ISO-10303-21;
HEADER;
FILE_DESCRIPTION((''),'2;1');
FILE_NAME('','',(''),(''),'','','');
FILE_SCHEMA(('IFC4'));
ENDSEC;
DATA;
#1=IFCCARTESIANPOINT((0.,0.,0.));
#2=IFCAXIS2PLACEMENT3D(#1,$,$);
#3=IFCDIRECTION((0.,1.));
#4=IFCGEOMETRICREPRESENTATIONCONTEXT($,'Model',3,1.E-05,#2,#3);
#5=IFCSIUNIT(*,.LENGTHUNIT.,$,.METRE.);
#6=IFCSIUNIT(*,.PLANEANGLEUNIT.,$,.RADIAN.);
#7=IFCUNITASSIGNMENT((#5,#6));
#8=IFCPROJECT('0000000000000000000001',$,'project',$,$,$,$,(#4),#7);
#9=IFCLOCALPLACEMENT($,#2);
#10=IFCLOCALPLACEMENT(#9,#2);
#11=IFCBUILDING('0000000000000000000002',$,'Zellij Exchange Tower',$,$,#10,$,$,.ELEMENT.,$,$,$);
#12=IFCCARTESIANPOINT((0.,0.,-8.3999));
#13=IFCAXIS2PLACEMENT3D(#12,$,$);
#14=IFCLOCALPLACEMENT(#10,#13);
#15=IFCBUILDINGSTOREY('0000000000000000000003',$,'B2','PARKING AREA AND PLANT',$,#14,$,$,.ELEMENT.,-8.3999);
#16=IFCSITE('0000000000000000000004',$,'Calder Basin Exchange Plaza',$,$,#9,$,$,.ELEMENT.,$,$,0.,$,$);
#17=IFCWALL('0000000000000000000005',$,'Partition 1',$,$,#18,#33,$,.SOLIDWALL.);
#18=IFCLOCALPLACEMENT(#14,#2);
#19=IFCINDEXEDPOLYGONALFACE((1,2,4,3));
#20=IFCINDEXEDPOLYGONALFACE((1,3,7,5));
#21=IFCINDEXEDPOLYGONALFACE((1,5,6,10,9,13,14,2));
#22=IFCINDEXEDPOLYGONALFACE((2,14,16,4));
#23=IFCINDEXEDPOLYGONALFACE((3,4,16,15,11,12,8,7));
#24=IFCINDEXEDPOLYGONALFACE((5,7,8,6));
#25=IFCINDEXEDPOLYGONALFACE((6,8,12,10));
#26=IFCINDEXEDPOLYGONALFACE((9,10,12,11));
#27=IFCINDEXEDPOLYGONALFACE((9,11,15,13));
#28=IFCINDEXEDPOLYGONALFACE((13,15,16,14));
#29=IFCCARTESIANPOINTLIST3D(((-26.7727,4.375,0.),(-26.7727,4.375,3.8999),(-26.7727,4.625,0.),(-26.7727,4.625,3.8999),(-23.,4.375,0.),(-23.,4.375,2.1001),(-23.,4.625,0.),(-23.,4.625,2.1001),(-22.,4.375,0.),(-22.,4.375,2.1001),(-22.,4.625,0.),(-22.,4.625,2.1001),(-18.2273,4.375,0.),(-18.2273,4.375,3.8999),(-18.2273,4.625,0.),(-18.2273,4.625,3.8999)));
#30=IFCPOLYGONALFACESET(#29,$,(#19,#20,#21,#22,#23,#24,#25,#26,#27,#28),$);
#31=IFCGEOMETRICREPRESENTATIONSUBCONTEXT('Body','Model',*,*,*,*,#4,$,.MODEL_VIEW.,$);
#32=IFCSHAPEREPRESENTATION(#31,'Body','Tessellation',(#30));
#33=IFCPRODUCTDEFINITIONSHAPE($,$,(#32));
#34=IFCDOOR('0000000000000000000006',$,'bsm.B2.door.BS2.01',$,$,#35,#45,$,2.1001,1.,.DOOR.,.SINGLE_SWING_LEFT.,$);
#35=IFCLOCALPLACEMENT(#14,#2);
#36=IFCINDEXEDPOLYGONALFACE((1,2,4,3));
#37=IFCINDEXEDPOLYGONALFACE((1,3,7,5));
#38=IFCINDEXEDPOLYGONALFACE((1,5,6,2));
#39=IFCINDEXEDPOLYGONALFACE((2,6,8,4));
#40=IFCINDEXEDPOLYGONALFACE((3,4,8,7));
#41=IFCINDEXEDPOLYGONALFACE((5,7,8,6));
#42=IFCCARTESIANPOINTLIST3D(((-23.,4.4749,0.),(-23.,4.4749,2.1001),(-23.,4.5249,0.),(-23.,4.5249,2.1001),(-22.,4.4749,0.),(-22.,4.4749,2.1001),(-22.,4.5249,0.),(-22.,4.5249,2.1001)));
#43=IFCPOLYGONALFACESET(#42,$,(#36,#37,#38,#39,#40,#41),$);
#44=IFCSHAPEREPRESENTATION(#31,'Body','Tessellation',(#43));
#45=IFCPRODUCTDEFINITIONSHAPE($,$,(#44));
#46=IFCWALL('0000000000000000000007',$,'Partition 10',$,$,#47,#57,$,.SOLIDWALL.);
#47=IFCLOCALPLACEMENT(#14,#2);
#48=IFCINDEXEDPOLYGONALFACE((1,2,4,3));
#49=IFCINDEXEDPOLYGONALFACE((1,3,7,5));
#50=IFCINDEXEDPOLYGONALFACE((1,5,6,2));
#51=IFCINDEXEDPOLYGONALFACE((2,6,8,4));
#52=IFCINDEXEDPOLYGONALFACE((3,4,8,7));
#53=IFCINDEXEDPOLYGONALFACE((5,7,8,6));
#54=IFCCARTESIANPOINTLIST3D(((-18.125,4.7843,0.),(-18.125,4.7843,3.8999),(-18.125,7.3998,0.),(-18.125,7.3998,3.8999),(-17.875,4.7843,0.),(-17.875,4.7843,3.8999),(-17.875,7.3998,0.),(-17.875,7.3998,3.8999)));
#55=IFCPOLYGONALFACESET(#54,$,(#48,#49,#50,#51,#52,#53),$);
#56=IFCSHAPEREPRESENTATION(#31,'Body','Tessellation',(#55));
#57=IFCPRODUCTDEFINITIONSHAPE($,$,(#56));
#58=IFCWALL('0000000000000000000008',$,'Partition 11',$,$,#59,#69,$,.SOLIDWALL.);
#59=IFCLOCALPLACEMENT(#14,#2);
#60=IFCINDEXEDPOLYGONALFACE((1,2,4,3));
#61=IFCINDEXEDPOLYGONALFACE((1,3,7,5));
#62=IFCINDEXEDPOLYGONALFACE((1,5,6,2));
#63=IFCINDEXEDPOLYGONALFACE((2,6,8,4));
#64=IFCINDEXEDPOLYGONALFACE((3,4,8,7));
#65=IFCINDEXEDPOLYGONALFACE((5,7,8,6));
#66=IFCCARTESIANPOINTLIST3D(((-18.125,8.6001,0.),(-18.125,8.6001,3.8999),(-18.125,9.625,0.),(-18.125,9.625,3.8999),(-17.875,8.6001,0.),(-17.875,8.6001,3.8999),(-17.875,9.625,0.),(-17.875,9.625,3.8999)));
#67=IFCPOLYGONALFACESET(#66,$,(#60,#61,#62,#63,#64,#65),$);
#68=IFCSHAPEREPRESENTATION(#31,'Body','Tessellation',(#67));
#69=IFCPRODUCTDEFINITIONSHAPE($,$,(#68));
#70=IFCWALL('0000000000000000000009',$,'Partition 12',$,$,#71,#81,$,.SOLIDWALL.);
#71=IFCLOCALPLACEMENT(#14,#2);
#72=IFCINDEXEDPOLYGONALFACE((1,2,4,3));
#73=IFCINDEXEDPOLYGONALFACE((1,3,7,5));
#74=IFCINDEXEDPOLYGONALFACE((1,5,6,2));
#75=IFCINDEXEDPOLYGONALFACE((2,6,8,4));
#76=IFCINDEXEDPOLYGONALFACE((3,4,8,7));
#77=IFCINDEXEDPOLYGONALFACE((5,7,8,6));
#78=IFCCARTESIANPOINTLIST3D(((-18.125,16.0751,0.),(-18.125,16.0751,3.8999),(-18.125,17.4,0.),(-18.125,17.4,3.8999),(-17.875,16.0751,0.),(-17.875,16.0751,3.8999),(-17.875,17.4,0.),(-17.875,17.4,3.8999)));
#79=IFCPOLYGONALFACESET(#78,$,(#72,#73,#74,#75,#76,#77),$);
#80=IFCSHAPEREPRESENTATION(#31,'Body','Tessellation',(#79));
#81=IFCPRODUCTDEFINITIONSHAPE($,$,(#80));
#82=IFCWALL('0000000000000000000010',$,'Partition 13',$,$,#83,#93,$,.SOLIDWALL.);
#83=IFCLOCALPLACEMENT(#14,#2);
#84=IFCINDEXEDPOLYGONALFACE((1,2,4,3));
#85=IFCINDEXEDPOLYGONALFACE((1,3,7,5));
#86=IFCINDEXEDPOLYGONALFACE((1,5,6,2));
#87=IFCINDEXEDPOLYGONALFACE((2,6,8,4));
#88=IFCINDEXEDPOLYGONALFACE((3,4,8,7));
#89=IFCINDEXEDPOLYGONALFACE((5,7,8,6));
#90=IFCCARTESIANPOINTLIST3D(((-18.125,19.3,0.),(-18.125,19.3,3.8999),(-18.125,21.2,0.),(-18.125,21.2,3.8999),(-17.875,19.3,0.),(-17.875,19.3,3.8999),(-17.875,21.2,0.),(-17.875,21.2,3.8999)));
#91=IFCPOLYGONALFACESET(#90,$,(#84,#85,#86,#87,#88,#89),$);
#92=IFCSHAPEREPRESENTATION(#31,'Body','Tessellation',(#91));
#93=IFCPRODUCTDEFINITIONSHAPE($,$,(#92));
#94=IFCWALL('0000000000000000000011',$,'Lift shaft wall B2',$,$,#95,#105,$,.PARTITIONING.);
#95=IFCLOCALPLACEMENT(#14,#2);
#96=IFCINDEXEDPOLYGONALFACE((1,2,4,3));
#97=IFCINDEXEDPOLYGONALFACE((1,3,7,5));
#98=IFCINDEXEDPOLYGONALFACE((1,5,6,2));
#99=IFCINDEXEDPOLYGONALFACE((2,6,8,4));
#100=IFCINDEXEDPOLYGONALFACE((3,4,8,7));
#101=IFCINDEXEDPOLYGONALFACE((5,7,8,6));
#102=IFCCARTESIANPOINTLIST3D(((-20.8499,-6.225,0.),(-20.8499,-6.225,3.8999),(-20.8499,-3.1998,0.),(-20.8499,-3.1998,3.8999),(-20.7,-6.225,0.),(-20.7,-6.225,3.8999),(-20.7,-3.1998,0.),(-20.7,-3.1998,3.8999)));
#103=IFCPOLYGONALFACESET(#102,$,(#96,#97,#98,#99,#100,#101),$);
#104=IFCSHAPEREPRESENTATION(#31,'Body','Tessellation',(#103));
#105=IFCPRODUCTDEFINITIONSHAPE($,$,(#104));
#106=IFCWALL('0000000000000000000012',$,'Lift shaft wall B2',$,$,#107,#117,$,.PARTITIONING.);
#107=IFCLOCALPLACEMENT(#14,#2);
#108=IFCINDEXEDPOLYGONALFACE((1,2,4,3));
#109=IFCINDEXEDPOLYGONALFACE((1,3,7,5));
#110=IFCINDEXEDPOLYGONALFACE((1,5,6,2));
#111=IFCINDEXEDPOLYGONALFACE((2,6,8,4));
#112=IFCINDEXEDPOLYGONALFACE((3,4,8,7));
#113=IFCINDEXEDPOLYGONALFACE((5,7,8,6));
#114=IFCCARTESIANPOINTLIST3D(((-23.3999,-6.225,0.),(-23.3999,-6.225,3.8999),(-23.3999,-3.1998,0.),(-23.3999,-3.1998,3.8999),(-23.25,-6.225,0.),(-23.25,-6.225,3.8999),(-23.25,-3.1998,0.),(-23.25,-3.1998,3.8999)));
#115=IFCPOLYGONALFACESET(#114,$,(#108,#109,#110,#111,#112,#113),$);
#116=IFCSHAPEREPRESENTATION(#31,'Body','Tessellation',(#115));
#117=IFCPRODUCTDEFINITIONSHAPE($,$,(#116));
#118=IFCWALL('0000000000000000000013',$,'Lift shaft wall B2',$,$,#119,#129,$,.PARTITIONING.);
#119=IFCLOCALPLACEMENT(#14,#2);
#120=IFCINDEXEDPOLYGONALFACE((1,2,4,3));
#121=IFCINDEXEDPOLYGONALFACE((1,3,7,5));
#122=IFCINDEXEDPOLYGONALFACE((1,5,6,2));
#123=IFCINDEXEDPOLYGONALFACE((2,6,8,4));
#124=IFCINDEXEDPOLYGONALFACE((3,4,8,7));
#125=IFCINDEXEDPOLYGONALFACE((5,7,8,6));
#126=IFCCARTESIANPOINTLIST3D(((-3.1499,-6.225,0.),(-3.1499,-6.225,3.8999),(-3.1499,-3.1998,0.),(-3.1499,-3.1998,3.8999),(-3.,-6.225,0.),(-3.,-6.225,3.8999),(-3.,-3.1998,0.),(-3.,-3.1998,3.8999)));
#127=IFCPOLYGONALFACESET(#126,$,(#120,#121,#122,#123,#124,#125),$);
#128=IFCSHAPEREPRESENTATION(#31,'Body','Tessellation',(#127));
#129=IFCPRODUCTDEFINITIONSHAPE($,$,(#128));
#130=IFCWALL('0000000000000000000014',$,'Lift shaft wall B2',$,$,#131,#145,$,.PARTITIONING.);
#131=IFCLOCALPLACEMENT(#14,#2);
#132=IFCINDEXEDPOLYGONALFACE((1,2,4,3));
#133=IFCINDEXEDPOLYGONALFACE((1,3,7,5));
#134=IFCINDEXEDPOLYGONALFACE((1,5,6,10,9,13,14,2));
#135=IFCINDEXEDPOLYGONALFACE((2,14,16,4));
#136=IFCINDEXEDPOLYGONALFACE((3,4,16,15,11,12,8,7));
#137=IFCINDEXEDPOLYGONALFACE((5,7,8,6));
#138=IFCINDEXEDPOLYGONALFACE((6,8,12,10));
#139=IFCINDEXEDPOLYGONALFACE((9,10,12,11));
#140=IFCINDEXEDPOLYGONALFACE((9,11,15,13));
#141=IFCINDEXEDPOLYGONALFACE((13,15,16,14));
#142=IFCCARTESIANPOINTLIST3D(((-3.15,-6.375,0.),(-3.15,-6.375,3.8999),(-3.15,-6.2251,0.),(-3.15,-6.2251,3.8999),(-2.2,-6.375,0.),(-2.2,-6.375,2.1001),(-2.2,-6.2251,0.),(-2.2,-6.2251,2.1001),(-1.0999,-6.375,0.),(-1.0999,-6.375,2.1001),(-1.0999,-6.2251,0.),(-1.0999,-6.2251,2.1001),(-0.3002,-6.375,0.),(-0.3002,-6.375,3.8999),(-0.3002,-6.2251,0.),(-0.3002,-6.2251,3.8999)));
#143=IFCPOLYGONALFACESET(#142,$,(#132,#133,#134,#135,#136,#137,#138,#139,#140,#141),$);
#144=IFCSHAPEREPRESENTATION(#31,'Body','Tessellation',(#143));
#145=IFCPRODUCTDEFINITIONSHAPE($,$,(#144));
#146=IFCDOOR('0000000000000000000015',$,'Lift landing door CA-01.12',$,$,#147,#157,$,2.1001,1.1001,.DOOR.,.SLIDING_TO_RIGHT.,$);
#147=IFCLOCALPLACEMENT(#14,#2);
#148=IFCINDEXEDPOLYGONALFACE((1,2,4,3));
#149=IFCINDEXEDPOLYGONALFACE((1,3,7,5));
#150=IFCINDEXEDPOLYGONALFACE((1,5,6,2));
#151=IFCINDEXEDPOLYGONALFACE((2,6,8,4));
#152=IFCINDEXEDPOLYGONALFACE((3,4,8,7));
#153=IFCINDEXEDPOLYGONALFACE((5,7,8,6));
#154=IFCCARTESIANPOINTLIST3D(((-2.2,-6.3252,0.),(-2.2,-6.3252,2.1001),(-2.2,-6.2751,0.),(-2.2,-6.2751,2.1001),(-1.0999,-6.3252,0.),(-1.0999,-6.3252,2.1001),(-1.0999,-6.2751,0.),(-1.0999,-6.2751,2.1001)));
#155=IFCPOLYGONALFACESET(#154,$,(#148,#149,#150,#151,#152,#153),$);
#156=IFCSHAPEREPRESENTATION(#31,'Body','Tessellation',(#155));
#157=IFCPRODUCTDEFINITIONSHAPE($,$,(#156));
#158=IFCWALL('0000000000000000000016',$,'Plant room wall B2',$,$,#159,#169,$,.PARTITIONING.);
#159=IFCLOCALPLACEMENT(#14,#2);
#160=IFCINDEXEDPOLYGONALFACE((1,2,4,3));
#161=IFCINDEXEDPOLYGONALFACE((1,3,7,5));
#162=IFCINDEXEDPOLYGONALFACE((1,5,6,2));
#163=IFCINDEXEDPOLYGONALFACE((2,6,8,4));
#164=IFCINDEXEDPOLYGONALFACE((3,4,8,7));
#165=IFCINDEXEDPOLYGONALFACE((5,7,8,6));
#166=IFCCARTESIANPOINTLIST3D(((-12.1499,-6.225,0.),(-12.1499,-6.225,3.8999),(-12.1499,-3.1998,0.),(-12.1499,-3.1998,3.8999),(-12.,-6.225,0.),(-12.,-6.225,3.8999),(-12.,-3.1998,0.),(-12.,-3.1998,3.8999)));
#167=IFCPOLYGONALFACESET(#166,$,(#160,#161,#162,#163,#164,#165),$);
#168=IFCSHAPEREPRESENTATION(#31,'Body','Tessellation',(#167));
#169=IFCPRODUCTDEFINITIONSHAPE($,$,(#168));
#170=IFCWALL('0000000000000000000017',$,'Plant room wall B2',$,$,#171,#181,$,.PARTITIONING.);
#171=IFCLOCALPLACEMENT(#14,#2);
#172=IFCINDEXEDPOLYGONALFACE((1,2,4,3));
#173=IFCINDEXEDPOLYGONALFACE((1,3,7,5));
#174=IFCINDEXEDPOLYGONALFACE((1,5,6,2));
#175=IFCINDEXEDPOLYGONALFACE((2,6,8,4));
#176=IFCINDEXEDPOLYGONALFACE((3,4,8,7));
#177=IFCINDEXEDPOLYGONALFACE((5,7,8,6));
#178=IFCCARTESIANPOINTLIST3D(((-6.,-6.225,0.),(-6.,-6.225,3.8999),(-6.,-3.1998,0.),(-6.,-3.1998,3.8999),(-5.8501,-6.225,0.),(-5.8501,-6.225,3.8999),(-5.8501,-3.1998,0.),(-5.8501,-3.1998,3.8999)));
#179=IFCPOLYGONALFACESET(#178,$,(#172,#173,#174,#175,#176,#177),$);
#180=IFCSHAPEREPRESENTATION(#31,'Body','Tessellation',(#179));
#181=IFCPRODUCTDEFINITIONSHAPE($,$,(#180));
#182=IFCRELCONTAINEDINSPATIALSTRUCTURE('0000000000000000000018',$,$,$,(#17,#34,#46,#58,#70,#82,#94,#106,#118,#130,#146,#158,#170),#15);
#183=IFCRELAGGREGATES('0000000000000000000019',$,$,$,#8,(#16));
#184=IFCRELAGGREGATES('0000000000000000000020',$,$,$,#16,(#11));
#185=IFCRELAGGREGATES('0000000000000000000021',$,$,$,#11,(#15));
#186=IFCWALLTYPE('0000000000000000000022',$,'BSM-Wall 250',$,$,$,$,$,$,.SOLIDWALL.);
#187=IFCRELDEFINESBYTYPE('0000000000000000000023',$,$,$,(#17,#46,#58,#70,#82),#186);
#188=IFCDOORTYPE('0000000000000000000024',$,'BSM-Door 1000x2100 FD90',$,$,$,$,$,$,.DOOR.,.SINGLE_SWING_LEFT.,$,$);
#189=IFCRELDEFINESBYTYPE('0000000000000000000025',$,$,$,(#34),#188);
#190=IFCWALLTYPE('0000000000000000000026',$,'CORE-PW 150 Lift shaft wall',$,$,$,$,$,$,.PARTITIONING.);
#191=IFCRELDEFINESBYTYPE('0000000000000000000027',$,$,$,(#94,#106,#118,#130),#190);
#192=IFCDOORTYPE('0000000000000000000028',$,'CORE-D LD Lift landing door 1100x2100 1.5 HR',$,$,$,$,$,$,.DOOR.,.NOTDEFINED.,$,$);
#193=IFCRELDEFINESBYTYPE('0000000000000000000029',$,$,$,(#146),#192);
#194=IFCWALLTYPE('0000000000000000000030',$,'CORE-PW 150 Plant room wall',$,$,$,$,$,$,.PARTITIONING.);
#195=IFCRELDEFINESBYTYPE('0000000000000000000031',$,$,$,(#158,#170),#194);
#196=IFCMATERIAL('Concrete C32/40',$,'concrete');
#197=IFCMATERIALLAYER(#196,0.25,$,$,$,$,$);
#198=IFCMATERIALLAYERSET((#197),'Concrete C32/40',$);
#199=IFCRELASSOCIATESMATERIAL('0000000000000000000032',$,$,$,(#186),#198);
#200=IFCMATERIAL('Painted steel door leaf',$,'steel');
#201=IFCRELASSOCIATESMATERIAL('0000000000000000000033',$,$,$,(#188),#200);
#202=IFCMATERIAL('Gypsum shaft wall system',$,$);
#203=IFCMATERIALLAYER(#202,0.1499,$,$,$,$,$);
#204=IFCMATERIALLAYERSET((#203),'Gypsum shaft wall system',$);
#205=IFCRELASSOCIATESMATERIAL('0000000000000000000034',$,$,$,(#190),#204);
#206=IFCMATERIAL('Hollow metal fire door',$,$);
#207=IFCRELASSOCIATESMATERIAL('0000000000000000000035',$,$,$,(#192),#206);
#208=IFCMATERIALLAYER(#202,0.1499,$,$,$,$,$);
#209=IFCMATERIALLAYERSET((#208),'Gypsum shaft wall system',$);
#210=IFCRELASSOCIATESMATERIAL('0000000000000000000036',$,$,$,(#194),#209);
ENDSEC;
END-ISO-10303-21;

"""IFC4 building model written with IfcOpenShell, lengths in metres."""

from ifc_helpers import new_model, si_unit, direction, frame, frame_2d, origin, place, context, subcontext, project, spatial, rectangle, extrude, material, layer, layer_set, type_object, element, fill, save


model = new_model("IFC4")

# Units and contexts
model_context = context("Model", 3, precision=1e-05, world=origin(), true_north=direction((0.0, 1.0)))
body_context = subcontext(model_context, "Body", "Model", "MODEL_VIEW")
ifc_project = project(units=[si_unit("LENGTHUNIT", "METRE"), si_unit("PLANEANGLEUNIT", "RADIAN")], contexts=[model_context])

# Site, building, storey
site_placement = place(None, origin())
site = spatial("IfcSite", under=ifc_project, at=site_placement, Name="Calder Basin Exchange Plaza", CompositionType="ELEMENT", RefElevation=0.0)
building_placement = place(site_placement, origin())
building = spatial("IfcBuilding", under=site, at=building_placement, Name="Zellij Exchange Tower", CompositionType="ELEMENT")
storey_placement = place(building_placement, frame((0.0, 0.0, -8.3999)))
storey = spatial("IfcBuildingStorey", under=building, at=storey_placement, Name="B2", Description="PARKING AREA AND PLANT", CompositionType="ELEMENT", Elevation=-8.3999)

# Wall, opening, door
ifc_material_1 = material(Name="Concrete C32/40", Category="concrete")
ifc_layer_1 = layer(ifc_material_1, 0.25)
ifc_layer_set_1 = layer_set([ifc_layer_1], Name="Concrete C32/40")
wall_type_1 = type_object("IfcWallType", Name="BSM-Wall 250", PredefinedType="SOLIDWALL", material=ifc_layer_set_1)
wall_1_placement = place(storey_placement, frame((-26.7727, 4.5, 0.0), z_axis=(0.0, 0.0, 1.0), x_axis=(1.0, 0.0, 0.0)))
wall_1 = element("IfcWall", 1, at=wall_1_placement, inside=storey, type_object=wall_type_1, Name="Partition 1", PredefinedType="SOLIDWALL", context=body_context, shape_type="SweptSolid", body=[
    extrude(rectangle(XDim=8.5454, YDim=0.25, at=frame_2d((4.2727, 0.0))), origin(), (0.0, 0.0, 1.0), 3.8999),
])
opening_1_placement = place(wall_1_placement, frame((3.7727, 0.0, 0.0)))
opening_1 = element("IfcOpeningElement", 2, at=opening_1_placement, cuts=wall_1, PredefinedType="OPENING", context=body_context, shape_type="SweptSolid", body=[
    extrude(rectangle(XDim=1.0, YDim=2.1001, at=frame_2d((0.5, 1.05))), frame((0.0, 0.137, 0.0), z_axis=(0.0, -1.0, 0.0), x_axis=(1.0, 0.0, 0.0)), (0.0, 0.0, 1.0), 0.2739),
])
ifc_material_2 = material(Name="Painted steel door leaf", Category="steel")
door_type_1 = type_object("IfcDoorType", Name="BSM-Door 1000x2100 FD90", OperationType="SINGLE_SWING_LEFT", PredefinedType="DOOR", material=ifc_material_2)
door_1_placement = place(opening_1_placement, origin())
door_1 = element("IfcDoor", 3, at=door_1_placement, inside=storey, type_object=door_type_1, Name="bsm.B2.door.BS2.01", OperationType="SINGLE_SWING_LEFT", OverallHeight=2.1001, OverallWidth=1.0, PredefinedType="DOOR", context=body_context, shape_type="SweptSolid", body=[
    extrude(rectangle(XDim=1.0, YDim=2.1001, at=frame_2d((0.5, 1.05))), frame((0.0, 0.0249, 0.0), z_axis=(0.0, -1.0, 0.0), x_axis=(1.0, 0.0, 0.0)), (0.0, 0.0, 1.0), 0.05),
])
fill(opening_1, door_1)

# Walls
wall_2_placement = place(storey_placement, frame((-18.0, 4.7844, 0.0), z_axis=(0.0, 0.0, 1.0), x_axis=(0.0, 1.0, 0.0)))
element("IfcWall", 4, at=wall_2_placement, inside=storey, type_object=wall_type_1, Name="Partition 10", PredefinedType="SOLIDWALL", context=body_context, shape_type="SweptSolid", body=[
    extrude(rectangle(XDim=2.6155, YDim=0.25, at=frame_2d((1.3076, 0.0))), origin(), (0.0, 0.0, 1.0), 3.8999),
])
wall_3_placement = place(storey_placement, frame((-18.0, 8.6001, 0.0), z_axis=(0.0, 0.0, 1.0), x_axis=(0.0, 1.0, 0.0)))
element("IfcWall", 5, at=wall_3_placement, inside=storey, type_object=wall_type_1, Name="Partition 11", PredefinedType="SOLIDWALL", context=body_context, shape_type="SweptSolid", body=[
    extrude(rectangle(XDim=1.0249, YDim=0.25, at=frame_2d((0.5125, 0.0))), origin(), (0.0, 0.0, 1.0), 3.8999),
])
wall_4_placement = place(storey_placement, frame((-18.0, 16.075, 0.0), z_axis=(0.0, 0.0, 1.0), x_axis=(0.0, 1.0, 0.0)))
element("IfcWall", 6, at=wall_4_placement, inside=storey, type_object=wall_type_1, Name="Partition 12", PredefinedType="SOLIDWALL", context=body_context, shape_type="SweptSolid", body=[
    extrude(rectangle(XDim=1.325, YDim=0.25, at=frame_2d((0.6626, 0.0))), origin(), (0.0, 0.0, 1.0), 3.8999),
])
wall_5_placement = place(storey_placement, frame((-18.0, 19.3, 0.0), z_axis=(0.0, 0.0, 1.0), x_axis=(0.0, 1.0, 0.0)))
element("IfcWall", 7, at=wall_5_placement, inside=storey, type_object=wall_type_1, Name="Partition 13", PredefinedType="SOLIDWALL", context=body_context, shape_type="SweptSolid", body=[
    extrude(rectangle(XDim=1.8999, YDim=0.25, at=frame_2d((0.95, 0.0))), origin(), (0.0, 0.0, 1.0), 3.8999),
])
ifc_material_3 = material(Name="Gypsum shaft wall system")
ifc_layer_2 = layer(ifc_material_3, 0.1499)
ifc_layer_set_2 = layer_set([ifc_layer_2], Name="Gypsum shaft wall system")
wall_type_2 = type_object("IfcWallType", Name="CORE-PW 150 Lift shaft wall", PredefinedType="PARTITIONING", material=ifc_layer_set_2)
for number, where, z_axis, x_axis, name in (
    (8, (-20.7749, -6.2251, 0.0), (0.0, 0.0, 1.0), (0.0, 1.0, 0.0), "Lift shaft wall B2"),
    (9, (-23.325, -6.2251, 0.0), (0.0, 0.0, 1.0), (0.0, 1.0, 0.0), "Lift shaft wall B2"),
    (10, (-3.075, -6.2251, 0.0), (0.0, 0.0, 1.0), (0.0, 1.0, 0.0), "Lift shaft wall B2"),
):
    element("IfcWall", number, at=place(storey_placement, frame(where, z_axis=z_axis, x_axis=x_axis)), inside=storey, type_object=wall_type_2, Name=name, PredefinedType="PARTITIONING", context=body_context, shape_type="SweptSolid", body=[
        extrude(rectangle(XDim=3.0251, YDim=0.1499, at=frame_2d((1.5127, 0.0))), origin(), (0.0, 0.0, 1.0), 3.8999),
    ])

# Wall, opening, door
wall_6_placement = place(storey_placement, frame((-3.1499, -6.3, 0.0), z_axis=(0.0, 0.0, 1.0), x_axis=(1.0, 0.0, 0.0)))
wall_6 = element("IfcWall", 11, at=wall_6_placement, inside=storey, type_object=wall_type_2, Name="Lift shaft wall B2", PredefinedType="PARTITIONING", context=body_context, shape_type="SweptSolid", body=[
    extrude(rectangle(XDim=2.8499, YDim=0.1499, at=frame_2d((1.4248, 0.0))), origin(), (0.0, 0.0, 1.0), 3.8999),
])
opening_2_placement = place(wall_6_placement, frame((0.95, 0.0, 0.0)))
opening_2 = element("IfcOpeningElement", 12, at=opening_2_placement, cuts=wall_6, PredefinedType="OPENING", context=body_context, shape_type="SweptSolid", body=[
    extrude(rectangle(XDim=1.1001, YDim=2.1001, at=frame_2d((0.55, 1.05))), frame((0.0, 0.0869, 0.0), z_axis=(0.0, -1.0, 0.0), x_axis=(1.0, 0.0, 0.0)), (0.0, 0.0, 1.0), 0.1738),
])
ifc_material_4 = material(Name="Hollow metal fire door")
door_type_2 = type_object("IfcDoorType", Name="CORE-D LD Lift landing door 1100x2100 1.5 HR", OperationType="NOTDEFINED", PredefinedType="DOOR", material=ifc_material_4)
door_2_placement = place(opening_2_placement, origin())
door_2 = element("IfcDoor", 13, at=door_2_placement, inside=storey, type_object=door_type_2, Name="Lift landing door CA-01.12", OperationType="SLIDING_TO_RIGHT", OverallHeight=2.1001, OverallWidth=1.1001, PredefinedType="DOOR", context=body_context, shape_type="SweptSolid", body=[
    extrude(rectangle(XDim=1.1001, YDim=2.1001, at=frame_2d((0.55, 1.05))), frame((0.0, 0.0249, 0.0), z_axis=(0.0, -1.0, 0.0), x_axis=(1.0, 0.0, 0.0)), (0.0, 0.0, 1.0), 0.05),
])
fill(opening_2, door_2)

# Walls
ifc_layer_3 = layer(ifc_material_3, 0.1499)
ifc_layer_set_3 = layer_set([ifc_layer_3], Name="Gypsum shaft wall system")
wall_type_3 = type_object("IfcWallType", Name="CORE-PW 150 Plant room wall", PredefinedType="PARTITIONING", material=ifc_layer_set_3)
for number, where, z_axis, x_axis, name in (
    (14, (-12.075, -6.2251, 0.0), (0.0, 0.0, 1.0), (0.0, 1.0, 0.0), "Plant room wall B2"),
    (15, (-5.925, -6.2251, 0.0), (0.0, 0.0, 1.0), (0.0, 1.0, 0.0), "Plant room wall B2"),
):
    element("IfcWall", number, at=place(storey_placement, frame(where, z_axis=z_axis, x_axis=x_axis)), inside=storey, type_object=wall_type_3, Name=name, PredefinedType="PARTITIONING", context=body_context, shape_type="SweptSolid", body=[
        extrude(rectangle(XDim=3.0251, YDim=0.1499, at=frame_2d((1.5127, 0.0))), origin(), (0.0, 0.0, 1.0), 3.8999),
    ])

save(model, "model.ifc")
